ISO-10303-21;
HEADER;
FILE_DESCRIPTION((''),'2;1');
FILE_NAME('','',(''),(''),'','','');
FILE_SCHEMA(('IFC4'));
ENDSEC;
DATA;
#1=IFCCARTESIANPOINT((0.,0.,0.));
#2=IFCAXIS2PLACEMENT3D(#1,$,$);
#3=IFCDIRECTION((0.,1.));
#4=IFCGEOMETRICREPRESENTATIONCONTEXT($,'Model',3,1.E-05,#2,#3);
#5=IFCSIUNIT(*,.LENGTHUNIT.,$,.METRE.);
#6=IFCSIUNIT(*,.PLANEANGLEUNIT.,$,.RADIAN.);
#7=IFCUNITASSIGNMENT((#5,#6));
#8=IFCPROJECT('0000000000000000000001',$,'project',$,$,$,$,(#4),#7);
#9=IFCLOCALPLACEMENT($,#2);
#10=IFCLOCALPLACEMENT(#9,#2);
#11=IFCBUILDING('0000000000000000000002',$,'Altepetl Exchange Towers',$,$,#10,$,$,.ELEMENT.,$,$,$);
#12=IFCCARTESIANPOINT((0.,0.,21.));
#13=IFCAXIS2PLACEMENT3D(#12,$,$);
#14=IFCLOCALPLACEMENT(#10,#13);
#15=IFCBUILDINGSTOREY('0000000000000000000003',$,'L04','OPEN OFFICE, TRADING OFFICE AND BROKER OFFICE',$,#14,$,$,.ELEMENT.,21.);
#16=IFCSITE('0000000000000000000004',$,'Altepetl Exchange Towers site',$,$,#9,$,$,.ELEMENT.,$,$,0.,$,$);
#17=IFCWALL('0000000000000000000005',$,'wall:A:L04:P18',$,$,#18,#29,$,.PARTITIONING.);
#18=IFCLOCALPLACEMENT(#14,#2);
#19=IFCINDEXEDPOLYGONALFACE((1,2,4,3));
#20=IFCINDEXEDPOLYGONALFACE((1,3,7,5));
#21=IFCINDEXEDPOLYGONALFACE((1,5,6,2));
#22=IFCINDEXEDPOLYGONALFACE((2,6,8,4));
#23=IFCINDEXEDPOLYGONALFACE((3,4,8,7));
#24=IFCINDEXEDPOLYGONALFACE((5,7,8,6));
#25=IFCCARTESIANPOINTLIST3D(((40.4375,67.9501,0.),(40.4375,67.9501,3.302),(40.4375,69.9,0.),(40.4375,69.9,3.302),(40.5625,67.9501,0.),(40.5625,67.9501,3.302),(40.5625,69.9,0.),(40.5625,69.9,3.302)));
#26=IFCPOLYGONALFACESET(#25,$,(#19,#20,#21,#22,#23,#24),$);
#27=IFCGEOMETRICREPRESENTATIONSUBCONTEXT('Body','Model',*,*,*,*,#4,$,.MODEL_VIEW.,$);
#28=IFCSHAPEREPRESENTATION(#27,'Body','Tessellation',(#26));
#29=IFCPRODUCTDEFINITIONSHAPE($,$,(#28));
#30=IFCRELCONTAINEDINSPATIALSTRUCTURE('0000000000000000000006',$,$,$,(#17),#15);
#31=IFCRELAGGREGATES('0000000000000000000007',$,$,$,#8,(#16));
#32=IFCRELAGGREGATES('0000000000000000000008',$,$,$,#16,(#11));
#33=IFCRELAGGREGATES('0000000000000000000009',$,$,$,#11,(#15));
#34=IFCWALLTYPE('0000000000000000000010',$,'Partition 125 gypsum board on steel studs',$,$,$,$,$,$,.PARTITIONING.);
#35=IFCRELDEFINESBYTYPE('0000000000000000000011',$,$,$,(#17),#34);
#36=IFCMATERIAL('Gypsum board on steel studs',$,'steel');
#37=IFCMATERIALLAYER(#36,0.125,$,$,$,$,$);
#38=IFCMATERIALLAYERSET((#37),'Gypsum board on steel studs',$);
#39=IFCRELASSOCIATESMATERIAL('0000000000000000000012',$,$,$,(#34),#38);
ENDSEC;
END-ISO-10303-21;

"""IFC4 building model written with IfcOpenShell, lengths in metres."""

from ifc_helpers import new_model, si_unit, direction, frame, frame_2d, origin, place, context, subcontext, project, spatial, rectangle, extrude, material, layer, layer_set, type_object, element, save


model = new_model("IFC4")

# Units and contexts
model_context = context("Model", 3, precision=1e-05, world=origin(), true_north=direction((0.0, 1.0)))
body_context = subcontext(model_context, "Body", "Model", "MODEL_VIEW")
ifc_project = project(units=[si_unit("LENGTHUNIT", "METRE"), si_unit("PLANEANGLEUNIT", "RADIAN")], contexts=[model_context])

# Site, building, storey
site_placement = place(None, origin())
site = spatial("IfcSite", under=ifc_project, at=site_placement, Name="Altepetl Exchange Towers site", CompositionType="ELEMENT", RefElevation=0.0)
building_placement = place(site_placement, origin())
building = spatial("IfcBuilding", under=site, at=building_placement, Name="Altepetl Exchange Towers", CompositionType="ELEMENT")
storey_placement = place(building_placement, frame((0.0, 0.0, 21.0)))
storey = spatial("IfcBuildingStorey", under=building, at=storey_placement, Name="L04", Description="OPEN OFFICE, TRADING OFFICE AND BROKER OFFICE", CompositionType="ELEMENT", Elevation=21.0)

# Wall
ifc_material_1 = material(Name="Gypsum board on steel studs", Category="steel")
ifc_layer_1 = layer(ifc_material_1, 0.125)
ifc_layer_set_1 = layer_set([ifc_layer_1], Name="Gypsum board on steel studs")
wall_type = type_object("IfcWallType", Name="Partition 125 gypsum board on steel studs", PredefinedType="PARTITIONING", material=ifc_layer_set_1)
wall_1_placement = place(storey_placement, frame((40.5, 67.95, 0.0), z_axis=(0.0, 0.0, 1.0), x_axis=(0.0, 1.0, 0.0)))
element("IfcWall", 1, at=wall_1_placement, inside=storey, type_object=wall_type, Name="wall:A:L04:P18", PredefinedType="PARTITIONING", context=body_context, shape_type="SweptSolid", body=[
    extrude(rectangle(XDim=1.95, YDim=0.125, at=frame_2d((0.9751, 0.0))), origin(), (0.0, 0.0, 1.0), 3.302),
])

save(model, "model.ifc")
